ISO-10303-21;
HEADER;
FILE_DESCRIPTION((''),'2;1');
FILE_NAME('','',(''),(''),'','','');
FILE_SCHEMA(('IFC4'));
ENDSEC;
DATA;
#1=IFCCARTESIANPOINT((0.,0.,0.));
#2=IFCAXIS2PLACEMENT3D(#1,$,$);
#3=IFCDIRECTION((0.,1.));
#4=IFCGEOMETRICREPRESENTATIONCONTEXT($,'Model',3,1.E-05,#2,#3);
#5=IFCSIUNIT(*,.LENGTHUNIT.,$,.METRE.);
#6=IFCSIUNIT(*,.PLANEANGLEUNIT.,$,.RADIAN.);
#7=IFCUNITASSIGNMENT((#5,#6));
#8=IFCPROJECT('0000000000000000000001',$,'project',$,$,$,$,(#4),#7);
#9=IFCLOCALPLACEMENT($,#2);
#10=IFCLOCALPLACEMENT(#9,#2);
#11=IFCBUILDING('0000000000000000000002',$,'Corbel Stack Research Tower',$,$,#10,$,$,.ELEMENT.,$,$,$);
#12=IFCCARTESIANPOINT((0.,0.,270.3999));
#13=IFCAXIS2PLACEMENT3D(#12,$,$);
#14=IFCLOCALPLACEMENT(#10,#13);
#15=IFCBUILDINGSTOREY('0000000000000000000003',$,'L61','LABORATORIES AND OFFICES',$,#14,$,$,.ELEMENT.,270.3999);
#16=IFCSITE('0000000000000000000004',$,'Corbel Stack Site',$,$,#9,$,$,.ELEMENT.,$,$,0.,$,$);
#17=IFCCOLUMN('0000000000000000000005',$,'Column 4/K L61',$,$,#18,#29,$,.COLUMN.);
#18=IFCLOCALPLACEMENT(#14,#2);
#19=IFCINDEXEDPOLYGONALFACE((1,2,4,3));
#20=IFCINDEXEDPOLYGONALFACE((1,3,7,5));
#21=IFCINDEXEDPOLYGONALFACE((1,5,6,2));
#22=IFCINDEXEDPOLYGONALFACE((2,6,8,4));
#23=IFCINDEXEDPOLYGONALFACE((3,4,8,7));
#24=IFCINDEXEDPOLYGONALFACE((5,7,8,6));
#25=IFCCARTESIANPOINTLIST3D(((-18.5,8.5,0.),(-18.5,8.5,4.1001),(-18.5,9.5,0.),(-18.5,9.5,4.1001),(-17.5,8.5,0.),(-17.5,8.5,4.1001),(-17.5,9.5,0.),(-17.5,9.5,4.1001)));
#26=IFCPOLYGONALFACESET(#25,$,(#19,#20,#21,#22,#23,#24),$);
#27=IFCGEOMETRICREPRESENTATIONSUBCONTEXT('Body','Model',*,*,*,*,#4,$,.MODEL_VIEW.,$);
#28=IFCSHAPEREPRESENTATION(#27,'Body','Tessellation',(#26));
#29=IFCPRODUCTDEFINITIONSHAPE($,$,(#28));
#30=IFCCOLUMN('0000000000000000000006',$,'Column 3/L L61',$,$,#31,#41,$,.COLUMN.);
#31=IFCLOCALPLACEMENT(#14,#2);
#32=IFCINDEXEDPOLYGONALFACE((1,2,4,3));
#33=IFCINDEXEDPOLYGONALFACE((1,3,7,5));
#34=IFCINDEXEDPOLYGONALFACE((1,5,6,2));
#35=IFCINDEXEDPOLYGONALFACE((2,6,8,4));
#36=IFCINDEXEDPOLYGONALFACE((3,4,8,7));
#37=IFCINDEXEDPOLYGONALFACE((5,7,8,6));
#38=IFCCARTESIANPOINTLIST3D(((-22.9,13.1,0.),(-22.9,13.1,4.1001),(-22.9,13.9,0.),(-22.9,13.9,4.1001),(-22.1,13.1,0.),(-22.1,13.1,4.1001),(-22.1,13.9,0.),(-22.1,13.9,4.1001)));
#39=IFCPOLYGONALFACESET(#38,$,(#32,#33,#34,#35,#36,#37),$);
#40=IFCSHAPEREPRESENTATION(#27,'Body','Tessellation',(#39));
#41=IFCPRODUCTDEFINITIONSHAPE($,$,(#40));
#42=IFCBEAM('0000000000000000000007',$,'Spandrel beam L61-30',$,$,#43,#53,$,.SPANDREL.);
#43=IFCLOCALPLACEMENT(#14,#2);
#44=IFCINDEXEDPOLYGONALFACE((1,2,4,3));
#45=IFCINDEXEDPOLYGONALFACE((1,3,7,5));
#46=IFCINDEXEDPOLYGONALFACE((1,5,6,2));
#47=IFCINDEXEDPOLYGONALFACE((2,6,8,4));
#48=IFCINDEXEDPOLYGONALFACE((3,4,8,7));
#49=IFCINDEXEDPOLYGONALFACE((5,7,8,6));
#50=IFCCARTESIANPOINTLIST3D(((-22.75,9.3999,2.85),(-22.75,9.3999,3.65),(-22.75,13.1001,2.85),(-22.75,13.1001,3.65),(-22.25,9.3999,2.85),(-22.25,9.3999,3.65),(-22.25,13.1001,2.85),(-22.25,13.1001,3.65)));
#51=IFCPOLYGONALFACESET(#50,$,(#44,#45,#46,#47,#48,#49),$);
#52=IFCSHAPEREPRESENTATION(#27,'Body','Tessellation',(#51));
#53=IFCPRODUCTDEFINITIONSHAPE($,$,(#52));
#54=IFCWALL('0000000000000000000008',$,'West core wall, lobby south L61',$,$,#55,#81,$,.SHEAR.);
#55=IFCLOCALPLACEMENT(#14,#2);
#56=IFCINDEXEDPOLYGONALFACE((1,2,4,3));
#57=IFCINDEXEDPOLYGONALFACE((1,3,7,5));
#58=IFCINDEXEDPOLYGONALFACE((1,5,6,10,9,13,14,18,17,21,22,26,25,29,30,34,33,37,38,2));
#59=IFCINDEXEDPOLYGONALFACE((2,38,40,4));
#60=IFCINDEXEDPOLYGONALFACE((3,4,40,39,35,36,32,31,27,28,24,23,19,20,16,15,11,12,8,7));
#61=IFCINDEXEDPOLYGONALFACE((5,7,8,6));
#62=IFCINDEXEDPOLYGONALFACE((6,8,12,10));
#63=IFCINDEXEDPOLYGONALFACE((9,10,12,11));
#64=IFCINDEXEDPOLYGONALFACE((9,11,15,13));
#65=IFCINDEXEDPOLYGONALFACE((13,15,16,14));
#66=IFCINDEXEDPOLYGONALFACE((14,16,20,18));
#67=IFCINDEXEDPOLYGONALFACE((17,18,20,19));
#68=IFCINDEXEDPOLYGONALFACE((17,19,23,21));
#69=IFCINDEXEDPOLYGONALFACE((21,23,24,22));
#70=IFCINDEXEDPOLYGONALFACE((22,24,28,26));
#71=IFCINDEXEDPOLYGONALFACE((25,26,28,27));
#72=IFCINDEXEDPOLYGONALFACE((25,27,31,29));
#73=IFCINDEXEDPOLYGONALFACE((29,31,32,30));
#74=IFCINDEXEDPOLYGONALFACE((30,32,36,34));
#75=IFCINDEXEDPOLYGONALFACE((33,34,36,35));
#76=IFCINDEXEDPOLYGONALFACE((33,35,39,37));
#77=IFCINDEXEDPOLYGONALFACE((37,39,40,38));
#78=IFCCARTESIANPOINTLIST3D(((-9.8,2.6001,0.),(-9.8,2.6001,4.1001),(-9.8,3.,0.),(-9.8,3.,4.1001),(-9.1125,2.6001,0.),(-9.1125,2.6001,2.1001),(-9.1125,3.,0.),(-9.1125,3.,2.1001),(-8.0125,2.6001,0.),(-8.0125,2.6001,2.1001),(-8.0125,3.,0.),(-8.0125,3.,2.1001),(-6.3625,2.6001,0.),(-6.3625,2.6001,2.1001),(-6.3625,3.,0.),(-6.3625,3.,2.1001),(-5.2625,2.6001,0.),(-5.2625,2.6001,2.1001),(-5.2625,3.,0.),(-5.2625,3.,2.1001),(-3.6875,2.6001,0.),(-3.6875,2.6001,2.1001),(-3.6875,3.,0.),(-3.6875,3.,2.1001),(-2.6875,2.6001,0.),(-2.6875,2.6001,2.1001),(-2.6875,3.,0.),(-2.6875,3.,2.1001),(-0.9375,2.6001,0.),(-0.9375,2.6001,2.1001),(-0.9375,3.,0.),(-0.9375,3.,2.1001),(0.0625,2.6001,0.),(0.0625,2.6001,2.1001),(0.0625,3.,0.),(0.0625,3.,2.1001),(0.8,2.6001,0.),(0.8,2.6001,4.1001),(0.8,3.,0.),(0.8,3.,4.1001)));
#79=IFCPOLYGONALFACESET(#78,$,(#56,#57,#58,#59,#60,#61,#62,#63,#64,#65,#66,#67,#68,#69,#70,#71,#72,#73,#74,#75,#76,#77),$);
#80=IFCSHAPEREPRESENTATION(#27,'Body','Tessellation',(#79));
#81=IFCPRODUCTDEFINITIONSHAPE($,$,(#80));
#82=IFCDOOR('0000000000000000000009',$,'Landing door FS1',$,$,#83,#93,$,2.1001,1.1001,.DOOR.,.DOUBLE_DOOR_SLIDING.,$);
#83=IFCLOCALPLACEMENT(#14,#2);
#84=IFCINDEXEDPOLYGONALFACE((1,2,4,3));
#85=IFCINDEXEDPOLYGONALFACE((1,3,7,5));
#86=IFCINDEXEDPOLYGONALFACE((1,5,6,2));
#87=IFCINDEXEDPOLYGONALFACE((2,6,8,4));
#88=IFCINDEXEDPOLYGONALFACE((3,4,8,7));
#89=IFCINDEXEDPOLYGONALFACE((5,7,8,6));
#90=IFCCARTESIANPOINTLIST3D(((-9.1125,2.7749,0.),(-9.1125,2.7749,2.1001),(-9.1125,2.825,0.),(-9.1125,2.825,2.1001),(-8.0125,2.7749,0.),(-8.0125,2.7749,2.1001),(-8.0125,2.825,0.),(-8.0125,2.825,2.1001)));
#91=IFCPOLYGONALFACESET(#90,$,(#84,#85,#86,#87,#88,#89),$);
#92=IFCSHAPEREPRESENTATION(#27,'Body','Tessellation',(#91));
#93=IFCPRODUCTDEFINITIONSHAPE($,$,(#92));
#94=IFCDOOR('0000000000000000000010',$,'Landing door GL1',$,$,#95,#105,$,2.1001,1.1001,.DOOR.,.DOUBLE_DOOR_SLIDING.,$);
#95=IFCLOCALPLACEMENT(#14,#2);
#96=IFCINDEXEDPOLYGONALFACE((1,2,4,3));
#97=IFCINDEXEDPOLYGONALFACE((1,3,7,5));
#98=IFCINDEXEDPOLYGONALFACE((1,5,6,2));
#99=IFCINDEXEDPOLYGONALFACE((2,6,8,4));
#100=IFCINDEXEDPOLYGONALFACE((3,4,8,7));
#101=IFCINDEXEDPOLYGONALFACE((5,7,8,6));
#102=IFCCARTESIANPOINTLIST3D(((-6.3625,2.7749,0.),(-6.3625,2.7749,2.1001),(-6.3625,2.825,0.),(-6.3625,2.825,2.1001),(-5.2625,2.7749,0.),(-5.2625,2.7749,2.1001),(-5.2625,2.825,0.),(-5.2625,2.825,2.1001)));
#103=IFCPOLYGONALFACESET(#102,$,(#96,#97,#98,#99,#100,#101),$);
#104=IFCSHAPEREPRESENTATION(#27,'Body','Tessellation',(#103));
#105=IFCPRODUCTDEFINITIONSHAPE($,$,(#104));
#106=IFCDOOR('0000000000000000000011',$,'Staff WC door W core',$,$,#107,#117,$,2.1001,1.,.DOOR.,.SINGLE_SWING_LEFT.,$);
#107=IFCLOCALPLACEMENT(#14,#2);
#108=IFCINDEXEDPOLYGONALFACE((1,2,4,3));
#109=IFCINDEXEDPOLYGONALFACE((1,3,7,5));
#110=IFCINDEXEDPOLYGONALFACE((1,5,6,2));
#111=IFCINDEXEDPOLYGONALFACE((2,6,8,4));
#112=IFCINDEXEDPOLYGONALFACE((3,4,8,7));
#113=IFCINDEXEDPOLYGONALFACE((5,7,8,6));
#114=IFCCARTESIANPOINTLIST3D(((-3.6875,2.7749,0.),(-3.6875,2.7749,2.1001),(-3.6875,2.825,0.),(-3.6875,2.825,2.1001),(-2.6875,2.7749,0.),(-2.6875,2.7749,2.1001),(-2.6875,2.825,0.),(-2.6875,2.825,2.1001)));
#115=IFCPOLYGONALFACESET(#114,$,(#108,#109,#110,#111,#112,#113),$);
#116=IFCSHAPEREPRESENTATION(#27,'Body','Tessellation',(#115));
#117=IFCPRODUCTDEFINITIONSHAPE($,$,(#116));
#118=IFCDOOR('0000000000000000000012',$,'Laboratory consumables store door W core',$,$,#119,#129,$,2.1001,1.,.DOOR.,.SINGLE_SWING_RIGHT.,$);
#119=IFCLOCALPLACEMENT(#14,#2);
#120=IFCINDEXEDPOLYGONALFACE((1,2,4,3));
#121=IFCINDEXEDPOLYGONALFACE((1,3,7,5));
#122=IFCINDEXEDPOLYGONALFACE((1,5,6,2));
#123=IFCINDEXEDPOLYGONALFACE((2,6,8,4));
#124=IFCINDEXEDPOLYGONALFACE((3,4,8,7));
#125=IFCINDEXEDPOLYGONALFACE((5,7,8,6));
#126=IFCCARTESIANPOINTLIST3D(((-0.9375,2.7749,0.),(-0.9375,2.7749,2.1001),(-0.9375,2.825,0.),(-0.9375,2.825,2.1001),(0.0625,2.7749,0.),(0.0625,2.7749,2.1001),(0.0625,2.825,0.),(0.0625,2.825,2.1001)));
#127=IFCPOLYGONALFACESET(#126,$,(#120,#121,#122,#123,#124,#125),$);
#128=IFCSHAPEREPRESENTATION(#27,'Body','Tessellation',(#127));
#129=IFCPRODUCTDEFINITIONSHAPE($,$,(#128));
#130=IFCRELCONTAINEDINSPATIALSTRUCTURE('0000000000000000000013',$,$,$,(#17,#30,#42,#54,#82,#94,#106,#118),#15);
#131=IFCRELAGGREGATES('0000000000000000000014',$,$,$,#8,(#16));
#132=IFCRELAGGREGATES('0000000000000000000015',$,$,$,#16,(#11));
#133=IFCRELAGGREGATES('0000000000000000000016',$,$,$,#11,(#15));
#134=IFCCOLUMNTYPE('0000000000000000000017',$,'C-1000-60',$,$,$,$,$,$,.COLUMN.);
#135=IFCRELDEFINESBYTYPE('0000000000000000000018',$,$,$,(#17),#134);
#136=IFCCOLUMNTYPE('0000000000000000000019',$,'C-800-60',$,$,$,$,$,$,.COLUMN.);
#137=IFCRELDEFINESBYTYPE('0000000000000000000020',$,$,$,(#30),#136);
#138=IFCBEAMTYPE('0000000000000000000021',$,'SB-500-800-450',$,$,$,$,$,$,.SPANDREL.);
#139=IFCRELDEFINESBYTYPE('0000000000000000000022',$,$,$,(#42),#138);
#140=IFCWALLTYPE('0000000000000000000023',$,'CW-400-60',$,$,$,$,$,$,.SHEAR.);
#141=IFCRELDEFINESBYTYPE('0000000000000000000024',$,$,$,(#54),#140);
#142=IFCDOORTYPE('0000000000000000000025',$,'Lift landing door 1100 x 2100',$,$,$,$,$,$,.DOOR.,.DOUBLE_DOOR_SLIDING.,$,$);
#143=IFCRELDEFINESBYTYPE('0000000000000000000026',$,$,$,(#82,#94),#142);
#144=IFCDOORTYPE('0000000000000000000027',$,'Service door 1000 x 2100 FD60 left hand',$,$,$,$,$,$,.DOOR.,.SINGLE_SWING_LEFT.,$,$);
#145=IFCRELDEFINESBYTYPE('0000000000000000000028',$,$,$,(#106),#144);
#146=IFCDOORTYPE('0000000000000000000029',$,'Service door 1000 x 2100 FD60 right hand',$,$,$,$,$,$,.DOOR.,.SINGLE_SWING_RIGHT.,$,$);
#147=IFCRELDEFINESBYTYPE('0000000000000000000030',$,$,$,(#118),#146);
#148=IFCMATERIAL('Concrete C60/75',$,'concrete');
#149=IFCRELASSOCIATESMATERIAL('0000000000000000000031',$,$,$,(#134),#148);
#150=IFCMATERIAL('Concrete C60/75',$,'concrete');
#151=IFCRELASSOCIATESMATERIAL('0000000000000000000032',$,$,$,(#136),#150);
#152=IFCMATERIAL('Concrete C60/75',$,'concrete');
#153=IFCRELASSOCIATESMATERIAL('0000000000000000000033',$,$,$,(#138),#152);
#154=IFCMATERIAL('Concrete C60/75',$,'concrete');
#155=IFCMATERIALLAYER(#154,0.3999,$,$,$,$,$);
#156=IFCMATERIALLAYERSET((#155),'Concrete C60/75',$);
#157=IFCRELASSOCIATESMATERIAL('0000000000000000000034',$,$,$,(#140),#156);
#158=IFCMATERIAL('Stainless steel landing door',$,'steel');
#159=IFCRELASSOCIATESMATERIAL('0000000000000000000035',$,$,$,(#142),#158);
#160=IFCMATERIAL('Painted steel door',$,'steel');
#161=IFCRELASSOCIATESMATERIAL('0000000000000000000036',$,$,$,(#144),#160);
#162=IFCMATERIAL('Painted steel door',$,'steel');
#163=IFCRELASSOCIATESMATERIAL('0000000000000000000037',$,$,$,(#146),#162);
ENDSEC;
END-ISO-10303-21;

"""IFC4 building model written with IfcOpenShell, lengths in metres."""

from ifc_helpers import new_model, si_unit, direction, frame, frame_2d, origin, origin_2d, place, context, subcontext, project, spatial, rectangle, extrude, material, layer, layer_set, material_profile, profile_set, type_object, element, fill, save


model = new_model("IFC4")

# Units and contexts
model_context = context("Model", 3, precision=1e-05, world=origin(), true_north=direction((0.0, 1.0)))
body_context = subcontext(model_context, "Body", "Model", "MODEL_VIEW")
ifc_project = project(units=[si_unit("LENGTHUNIT", "METRE"), si_unit("PLANEANGLEUNIT", "RADIAN")], contexts=[model_context])

# Site, building, storey
site_placement = place(None, origin())
site = spatial("IfcSite", under=ifc_project, at=site_placement, Name="Corbel Stack Site", CompositionType="ELEMENT", RefElevation=0.0)
building_placement = place(site_placement, origin())
building = spatial("IfcBuilding", under=site, at=building_placement, Name="Corbel Stack Research Tower", CompositionType="ELEMENT")
storey_placement = place(building_placement, frame((0.0, 0.0, 270.3999)))
storey = spatial("IfcBuildingStorey", under=building, at=storey_placement, Name="L61", Description="LABORATORIES AND OFFICES", CompositionType="ELEMENT", Elevation=270.3999)

# Columns
ifc_material_1 = material(Name="Concrete C60/75", Category="concrete")
ifc_material_profile_1 = material_profile(ifc_material_1, rectangle(XDim=1.0, YDim=1.0, at=origin_2d()), Name="RC 1000 x 1000")
ifc_profile_set_1 = profile_set([ifc_material_profile_1], Name="Concrete C60/75")
column_type_1 = type_object("IfcColumnType", Name="C-1000-60", PredefinedType="COLUMN", material=ifc_profile_set_1)
column_1_placement = place(storey_placement, frame((-18.0, 9.0, 0.0), z_axis=(0.0, 0.0, 1.0), x_axis=(1.0, 0.0, 0.0)))
element("IfcColumn", 1, at=column_1_placement, inside=storey, type_object=column_type_1, Name="Column 4/K L61", PredefinedType="COLUMN", context=body_context, shape_type="SweptSolid", body=[
    extrude(rectangle(XDim=1.0, YDim=1.0, at=origin_2d()), origin(), (0.0, 0.0, 1.0), 4.1001),
])
ifc_material_2 = material(Name="Concrete C60/75", Category="concrete")
ifc_material_profile_2 = material_profile(ifc_material_2, rectangle(XDim=0.8, YDim=0.8, at=origin_2d()), Name="RC 800 x 800")
ifc_profile_set_2 = profile_set([ifc_material_profile_2], Name="Concrete C60/75")
column_type_2 = type_object("IfcColumnType", Name="C-800-60", PredefinedType="COLUMN", material=ifc_profile_set_2)
column_2_placement = place(storey_placement, frame((-22.5, 13.5, 0.0), z_axis=(0.0, 0.0, 1.0), x_axis=(1.0, 0.0, 0.0)))
element("IfcColumn", 2, at=column_2_placement, inside=storey, type_object=column_type_2, Name="Column 3/L L61", PredefinedType="COLUMN", context=body_context, shape_type="SweptSolid", body=[
    extrude(rectangle(XDim=0.8, YDim=0.8, at=origin_2d()), origin(), (0.0, 0.0, 1.0), 4.1001),
])

# Beam
ifc_material_3 = material(Name="Concrete C60/75", Category="concrete")
ifc_material_profile_3 = material_profile(ifc_material_3, rectangle(XDim=0.5, YDim=0.8, at=origin_2d()), Name="RC 500 x 800")
ifc_profile_set_3 = profile_set([ifc_material_profile_3], Name="Concrete C60/75")
beam_type = type_object("IfcBeamType", Name="SB-500-800-450", PredefinedType="SPANDREL", material=ifc_profile_set_3)
beam_placement = place(storey_placement, frame((-22.5, 13.1001, 3.25), z_axis=(0.0, -1.0, 0.0), x_axis=(1.0, 0.0, 0.0)))
element("IfcBeam", 3, at=beam_placement, inside=storey, type_object=beam_type, Name="Spandrel beam L61-30", PredefinedType="SPANDREL", context=body_context, shape_type="SweptSolid", body=[
    extrude(rectangle(XDim=0.5, YDim=0.8, at=origin_2d()), origin(), (0.0, 0.0, 1.0), 3.7002),
])

# Wall, openings, doors
ifc_material_4 = material(Name="Concrete C60/75", Category="concrete")
ifc_layer_1 = layer(ifc_material_4, 0.3999)
ifc_layer_set_1 = layer_set([ifc_layer_1], Name="Concrete C60/75")
wall_type_1 = type_object("IfcWallType", Name="CW-400-60", PredefinedType="SHEAR", material=ifc_layer_set_1)
wall_1_placement = place(storey_placement, frame((-9.8, 2.8, 0.0), z_axis=(0.0, 0.0, 1.0), x_axis=(1.0, 0.0, 0.0)))
wall_1 = element("IfcWall", 4, at=wall_1_placement, inside=storey, type_object=wall_type_1, Name="West core wall, lobby south L61", PredefinedType="SHEAR", context=body_context, shape_type="SweptSolid", body=[
    extrude(rectangle(XDim=10.6001, YDim=0.3999, at=frame_2d((5.3, 0.0))), origin(), (0.0, 0.0, 1.0), 4.1001),
])
opening_1_placement = place(wall_1_placement, frame((0.6875, 0.0, 0.0)))
opening_1 = element("IfcOpeningElement", 5, at=opening_1_placement, cuts=wall_1, PredefinedType="OPENING", context=body_context, shape_type="SweptSolid", body=[
    extrude(rectangle(XDim=1.1001, YDim=2.1001, at=frame_2d((0.55, 1.05))), frame((0.0, 0.21, 0.0), z_axis=(0.0, -1.0, 0.0), x_axis=(1.0, 0.0, 0.0)), (0.0, 0.0, 1.0), 0.4199),
])
opening_2_placement = place(wall_1_placement, frame((3.4375, 0.0, 0.0)))
opening_2 = element("IfcOpeningElement", 6, at=opening_2_placement, cuts=wall_1, PredefinedType="OPENING", context=body_context, shape_type="SweptSolid", body=[
    extrude(rectangle(XDim=1.1001, YDim=2.1001, at=frame_2d((0.55, 1.05))), frame((0.0, 0.21, 0.0), z_axis=(0.0, -1.0, 0.0), x_axis=(1.0, 0.0, 0.0)), (0.0, 0.0, 1.0), 0.4199),
])
opening_3_placement = place(wall_1_placement, frame((6.1125, 0.0, 0.0)))
opening_3 = element("IfcOpeningElement", 7, at=opening_3_placement, cuts=wall_1, PredefinedType="OPENING", context=body_context, shape_type="SweptSolid", body=[
    extrude(rectangle(XDim=1.0, YDim=2.1001, at=frame_2d((0.5, 1.05))), frame((0.0, 0.21, 0.0), z_axis=(0.0, -1.0, 0.0), x_axis=(1.0, 0.0, 0.0)), (0.0, 0.0, 1.0), 0.4199),
])
opening_4_placement = place(wall_1_placement, frame((8.8625, 0.0, 0.0)))
opening_4 = element("IfcOpeningElement", 8, at=opening_4_placement, cuts=wall_1, PredefinedType="OPENING", context=body_context, shape_type="SweptSolid", body=[
    extrude(rectangle(XDim=1.0, YDim=2.1001, at=frame_2d((0.5, 1.05))), frame((0.0, 0.21, 0.0), z_axis=(0.0, -1.0, 0.0), x_axis=(1.0, 0.0, 0.0)), (0.0, 0.0, 1.0), 0.4199),
])
ifc_material_5 = material(Name="Stainless steel landing door", Category="steel")
door_type_1 = type_object("IfcDoorType", Name="Lift landing door 1100 x 2100", OperationType="DOUBLE_DOOR_SLIDING", PredefinedType="DOOR", material=ifc_material_5)
door_1_placement = place(opening_1_placement, origin())
door_1 = element("IfcDoor", 9, at=door_1_placement, inside=storey, type_object=door_type_1, Name="Landing door FS1", OperationType="DOUBLE_DOOR_SLIDING", OverallHeight=2.1001, OverallWidth=1.1001, PredefinedType="DOOR", context=body_context, shape_type="SweptSolid", body=[
    extrude(rectangle(XDim=1.1001, YDim=2.1001, at=frame_2d((0.55, 1.05))), frame((0.0, 0.0249, 0.0), z_axis=(0.0, -1.0, 0.0), x_axis=(1.0, 0.0, 0.0)), (0.0, 0.0, 1.0), 0.05),
])
fill(opening_1, door_1)
door_2_placement = place(opening_2_placement, origin())
door_2 = element("IfcDoor", 10, at=door_2_placement, inside=storey, type_object=door_type_1, Name="Landing door GL1", OperationType="DOUBLE_DOOR_SLIDING", OverallHeight=2.1001, OverallWidth=1.1001, PredefinedType="DOOR", context=body_context, shape_type="SweptSolid", body=[
    extrude(rectangle(XDim=1.1001, YDim=2.1001, at=frame_2d((0.55, 1.05))), frame((0.0, 0.0249, 0.0), z_axis=(0.0, -1.0, 0.0), x_axis=(1.0, 0.0, 0.0)), (0.0, 0.0, 1.0), 0.05),
])
fill(opening_2, door_2)
ifc_material_6 = material(Name="Painted steel door", Category="steel")
door_type_2 = type_object("IfcDoorType", Name="Service door 1000 x 2100 FD60 left hand", OperationType="SINGLE_SWING_LEFT", PredefinedType="DOOR", material=ifc_material_6)
door_3_placement = place(opening_3_placement, origin())
door_3 = element("IfcDoor", 11, at=door_3_placement, inside=storey, type_object=door_type_2, Name="Staff WC door W core", OperationType="SINGLE_SWING_LEFT", OverallHeight=2.1001, OverallWidth=1.0, PredefinedType="DOOR", context=body_context, shape_type="SweptSolid", body=[
    extrude(rectangle(XDim=1.0, YDim=2.1001, at=frame_2d((0.5, 1.05))), frame((0.0, 0.0249, 0.0), z_axis=(0.0, -1.0, 0.0), x_axis=(1.0, 0.0, 0.0)), (0.0, 0.0, 1.0), 0.05),
])
fill(opening_3, door_3)
ifc_material_7 = material(Name="Painted steel door", Category="steel")
door_type_3 = type_object("IfcDoorType", Name="Service door 1000 x 2100 FD60 right hand", OperationType="SINGLE_SWING_RIGHT", PredefinedType="DOOR", material=ifc_material_7)
door_4_placement = place(opening_4_placement, origin())
door_4 = element("IfcDoor", 12, at=door_4_placement, inside=storey, type_object=door_type_3, Name="Laboratory consumables store door W core", OperationType="SINGLE_SWING_RIGHT", OverallHeight=2.1001, OverallWidth=1.0, PredefinedType="DOOR", context=body_context, shape_type="SweptSolid", body=[
    extrude(rectangle(XDim=1.0, YDim=2.1001, at=frame_2d((0.5, 1.05))), frame((0.0, 0.0249, 0.0), z_axis=(0.0, -1.0, 0.0), x_axis=(1.0, 0.0, 0.0)), (0.0, 0.0, 1.0), 0.05),
])
fill(opening_4, door_4)

save(model, "model.ifc")
